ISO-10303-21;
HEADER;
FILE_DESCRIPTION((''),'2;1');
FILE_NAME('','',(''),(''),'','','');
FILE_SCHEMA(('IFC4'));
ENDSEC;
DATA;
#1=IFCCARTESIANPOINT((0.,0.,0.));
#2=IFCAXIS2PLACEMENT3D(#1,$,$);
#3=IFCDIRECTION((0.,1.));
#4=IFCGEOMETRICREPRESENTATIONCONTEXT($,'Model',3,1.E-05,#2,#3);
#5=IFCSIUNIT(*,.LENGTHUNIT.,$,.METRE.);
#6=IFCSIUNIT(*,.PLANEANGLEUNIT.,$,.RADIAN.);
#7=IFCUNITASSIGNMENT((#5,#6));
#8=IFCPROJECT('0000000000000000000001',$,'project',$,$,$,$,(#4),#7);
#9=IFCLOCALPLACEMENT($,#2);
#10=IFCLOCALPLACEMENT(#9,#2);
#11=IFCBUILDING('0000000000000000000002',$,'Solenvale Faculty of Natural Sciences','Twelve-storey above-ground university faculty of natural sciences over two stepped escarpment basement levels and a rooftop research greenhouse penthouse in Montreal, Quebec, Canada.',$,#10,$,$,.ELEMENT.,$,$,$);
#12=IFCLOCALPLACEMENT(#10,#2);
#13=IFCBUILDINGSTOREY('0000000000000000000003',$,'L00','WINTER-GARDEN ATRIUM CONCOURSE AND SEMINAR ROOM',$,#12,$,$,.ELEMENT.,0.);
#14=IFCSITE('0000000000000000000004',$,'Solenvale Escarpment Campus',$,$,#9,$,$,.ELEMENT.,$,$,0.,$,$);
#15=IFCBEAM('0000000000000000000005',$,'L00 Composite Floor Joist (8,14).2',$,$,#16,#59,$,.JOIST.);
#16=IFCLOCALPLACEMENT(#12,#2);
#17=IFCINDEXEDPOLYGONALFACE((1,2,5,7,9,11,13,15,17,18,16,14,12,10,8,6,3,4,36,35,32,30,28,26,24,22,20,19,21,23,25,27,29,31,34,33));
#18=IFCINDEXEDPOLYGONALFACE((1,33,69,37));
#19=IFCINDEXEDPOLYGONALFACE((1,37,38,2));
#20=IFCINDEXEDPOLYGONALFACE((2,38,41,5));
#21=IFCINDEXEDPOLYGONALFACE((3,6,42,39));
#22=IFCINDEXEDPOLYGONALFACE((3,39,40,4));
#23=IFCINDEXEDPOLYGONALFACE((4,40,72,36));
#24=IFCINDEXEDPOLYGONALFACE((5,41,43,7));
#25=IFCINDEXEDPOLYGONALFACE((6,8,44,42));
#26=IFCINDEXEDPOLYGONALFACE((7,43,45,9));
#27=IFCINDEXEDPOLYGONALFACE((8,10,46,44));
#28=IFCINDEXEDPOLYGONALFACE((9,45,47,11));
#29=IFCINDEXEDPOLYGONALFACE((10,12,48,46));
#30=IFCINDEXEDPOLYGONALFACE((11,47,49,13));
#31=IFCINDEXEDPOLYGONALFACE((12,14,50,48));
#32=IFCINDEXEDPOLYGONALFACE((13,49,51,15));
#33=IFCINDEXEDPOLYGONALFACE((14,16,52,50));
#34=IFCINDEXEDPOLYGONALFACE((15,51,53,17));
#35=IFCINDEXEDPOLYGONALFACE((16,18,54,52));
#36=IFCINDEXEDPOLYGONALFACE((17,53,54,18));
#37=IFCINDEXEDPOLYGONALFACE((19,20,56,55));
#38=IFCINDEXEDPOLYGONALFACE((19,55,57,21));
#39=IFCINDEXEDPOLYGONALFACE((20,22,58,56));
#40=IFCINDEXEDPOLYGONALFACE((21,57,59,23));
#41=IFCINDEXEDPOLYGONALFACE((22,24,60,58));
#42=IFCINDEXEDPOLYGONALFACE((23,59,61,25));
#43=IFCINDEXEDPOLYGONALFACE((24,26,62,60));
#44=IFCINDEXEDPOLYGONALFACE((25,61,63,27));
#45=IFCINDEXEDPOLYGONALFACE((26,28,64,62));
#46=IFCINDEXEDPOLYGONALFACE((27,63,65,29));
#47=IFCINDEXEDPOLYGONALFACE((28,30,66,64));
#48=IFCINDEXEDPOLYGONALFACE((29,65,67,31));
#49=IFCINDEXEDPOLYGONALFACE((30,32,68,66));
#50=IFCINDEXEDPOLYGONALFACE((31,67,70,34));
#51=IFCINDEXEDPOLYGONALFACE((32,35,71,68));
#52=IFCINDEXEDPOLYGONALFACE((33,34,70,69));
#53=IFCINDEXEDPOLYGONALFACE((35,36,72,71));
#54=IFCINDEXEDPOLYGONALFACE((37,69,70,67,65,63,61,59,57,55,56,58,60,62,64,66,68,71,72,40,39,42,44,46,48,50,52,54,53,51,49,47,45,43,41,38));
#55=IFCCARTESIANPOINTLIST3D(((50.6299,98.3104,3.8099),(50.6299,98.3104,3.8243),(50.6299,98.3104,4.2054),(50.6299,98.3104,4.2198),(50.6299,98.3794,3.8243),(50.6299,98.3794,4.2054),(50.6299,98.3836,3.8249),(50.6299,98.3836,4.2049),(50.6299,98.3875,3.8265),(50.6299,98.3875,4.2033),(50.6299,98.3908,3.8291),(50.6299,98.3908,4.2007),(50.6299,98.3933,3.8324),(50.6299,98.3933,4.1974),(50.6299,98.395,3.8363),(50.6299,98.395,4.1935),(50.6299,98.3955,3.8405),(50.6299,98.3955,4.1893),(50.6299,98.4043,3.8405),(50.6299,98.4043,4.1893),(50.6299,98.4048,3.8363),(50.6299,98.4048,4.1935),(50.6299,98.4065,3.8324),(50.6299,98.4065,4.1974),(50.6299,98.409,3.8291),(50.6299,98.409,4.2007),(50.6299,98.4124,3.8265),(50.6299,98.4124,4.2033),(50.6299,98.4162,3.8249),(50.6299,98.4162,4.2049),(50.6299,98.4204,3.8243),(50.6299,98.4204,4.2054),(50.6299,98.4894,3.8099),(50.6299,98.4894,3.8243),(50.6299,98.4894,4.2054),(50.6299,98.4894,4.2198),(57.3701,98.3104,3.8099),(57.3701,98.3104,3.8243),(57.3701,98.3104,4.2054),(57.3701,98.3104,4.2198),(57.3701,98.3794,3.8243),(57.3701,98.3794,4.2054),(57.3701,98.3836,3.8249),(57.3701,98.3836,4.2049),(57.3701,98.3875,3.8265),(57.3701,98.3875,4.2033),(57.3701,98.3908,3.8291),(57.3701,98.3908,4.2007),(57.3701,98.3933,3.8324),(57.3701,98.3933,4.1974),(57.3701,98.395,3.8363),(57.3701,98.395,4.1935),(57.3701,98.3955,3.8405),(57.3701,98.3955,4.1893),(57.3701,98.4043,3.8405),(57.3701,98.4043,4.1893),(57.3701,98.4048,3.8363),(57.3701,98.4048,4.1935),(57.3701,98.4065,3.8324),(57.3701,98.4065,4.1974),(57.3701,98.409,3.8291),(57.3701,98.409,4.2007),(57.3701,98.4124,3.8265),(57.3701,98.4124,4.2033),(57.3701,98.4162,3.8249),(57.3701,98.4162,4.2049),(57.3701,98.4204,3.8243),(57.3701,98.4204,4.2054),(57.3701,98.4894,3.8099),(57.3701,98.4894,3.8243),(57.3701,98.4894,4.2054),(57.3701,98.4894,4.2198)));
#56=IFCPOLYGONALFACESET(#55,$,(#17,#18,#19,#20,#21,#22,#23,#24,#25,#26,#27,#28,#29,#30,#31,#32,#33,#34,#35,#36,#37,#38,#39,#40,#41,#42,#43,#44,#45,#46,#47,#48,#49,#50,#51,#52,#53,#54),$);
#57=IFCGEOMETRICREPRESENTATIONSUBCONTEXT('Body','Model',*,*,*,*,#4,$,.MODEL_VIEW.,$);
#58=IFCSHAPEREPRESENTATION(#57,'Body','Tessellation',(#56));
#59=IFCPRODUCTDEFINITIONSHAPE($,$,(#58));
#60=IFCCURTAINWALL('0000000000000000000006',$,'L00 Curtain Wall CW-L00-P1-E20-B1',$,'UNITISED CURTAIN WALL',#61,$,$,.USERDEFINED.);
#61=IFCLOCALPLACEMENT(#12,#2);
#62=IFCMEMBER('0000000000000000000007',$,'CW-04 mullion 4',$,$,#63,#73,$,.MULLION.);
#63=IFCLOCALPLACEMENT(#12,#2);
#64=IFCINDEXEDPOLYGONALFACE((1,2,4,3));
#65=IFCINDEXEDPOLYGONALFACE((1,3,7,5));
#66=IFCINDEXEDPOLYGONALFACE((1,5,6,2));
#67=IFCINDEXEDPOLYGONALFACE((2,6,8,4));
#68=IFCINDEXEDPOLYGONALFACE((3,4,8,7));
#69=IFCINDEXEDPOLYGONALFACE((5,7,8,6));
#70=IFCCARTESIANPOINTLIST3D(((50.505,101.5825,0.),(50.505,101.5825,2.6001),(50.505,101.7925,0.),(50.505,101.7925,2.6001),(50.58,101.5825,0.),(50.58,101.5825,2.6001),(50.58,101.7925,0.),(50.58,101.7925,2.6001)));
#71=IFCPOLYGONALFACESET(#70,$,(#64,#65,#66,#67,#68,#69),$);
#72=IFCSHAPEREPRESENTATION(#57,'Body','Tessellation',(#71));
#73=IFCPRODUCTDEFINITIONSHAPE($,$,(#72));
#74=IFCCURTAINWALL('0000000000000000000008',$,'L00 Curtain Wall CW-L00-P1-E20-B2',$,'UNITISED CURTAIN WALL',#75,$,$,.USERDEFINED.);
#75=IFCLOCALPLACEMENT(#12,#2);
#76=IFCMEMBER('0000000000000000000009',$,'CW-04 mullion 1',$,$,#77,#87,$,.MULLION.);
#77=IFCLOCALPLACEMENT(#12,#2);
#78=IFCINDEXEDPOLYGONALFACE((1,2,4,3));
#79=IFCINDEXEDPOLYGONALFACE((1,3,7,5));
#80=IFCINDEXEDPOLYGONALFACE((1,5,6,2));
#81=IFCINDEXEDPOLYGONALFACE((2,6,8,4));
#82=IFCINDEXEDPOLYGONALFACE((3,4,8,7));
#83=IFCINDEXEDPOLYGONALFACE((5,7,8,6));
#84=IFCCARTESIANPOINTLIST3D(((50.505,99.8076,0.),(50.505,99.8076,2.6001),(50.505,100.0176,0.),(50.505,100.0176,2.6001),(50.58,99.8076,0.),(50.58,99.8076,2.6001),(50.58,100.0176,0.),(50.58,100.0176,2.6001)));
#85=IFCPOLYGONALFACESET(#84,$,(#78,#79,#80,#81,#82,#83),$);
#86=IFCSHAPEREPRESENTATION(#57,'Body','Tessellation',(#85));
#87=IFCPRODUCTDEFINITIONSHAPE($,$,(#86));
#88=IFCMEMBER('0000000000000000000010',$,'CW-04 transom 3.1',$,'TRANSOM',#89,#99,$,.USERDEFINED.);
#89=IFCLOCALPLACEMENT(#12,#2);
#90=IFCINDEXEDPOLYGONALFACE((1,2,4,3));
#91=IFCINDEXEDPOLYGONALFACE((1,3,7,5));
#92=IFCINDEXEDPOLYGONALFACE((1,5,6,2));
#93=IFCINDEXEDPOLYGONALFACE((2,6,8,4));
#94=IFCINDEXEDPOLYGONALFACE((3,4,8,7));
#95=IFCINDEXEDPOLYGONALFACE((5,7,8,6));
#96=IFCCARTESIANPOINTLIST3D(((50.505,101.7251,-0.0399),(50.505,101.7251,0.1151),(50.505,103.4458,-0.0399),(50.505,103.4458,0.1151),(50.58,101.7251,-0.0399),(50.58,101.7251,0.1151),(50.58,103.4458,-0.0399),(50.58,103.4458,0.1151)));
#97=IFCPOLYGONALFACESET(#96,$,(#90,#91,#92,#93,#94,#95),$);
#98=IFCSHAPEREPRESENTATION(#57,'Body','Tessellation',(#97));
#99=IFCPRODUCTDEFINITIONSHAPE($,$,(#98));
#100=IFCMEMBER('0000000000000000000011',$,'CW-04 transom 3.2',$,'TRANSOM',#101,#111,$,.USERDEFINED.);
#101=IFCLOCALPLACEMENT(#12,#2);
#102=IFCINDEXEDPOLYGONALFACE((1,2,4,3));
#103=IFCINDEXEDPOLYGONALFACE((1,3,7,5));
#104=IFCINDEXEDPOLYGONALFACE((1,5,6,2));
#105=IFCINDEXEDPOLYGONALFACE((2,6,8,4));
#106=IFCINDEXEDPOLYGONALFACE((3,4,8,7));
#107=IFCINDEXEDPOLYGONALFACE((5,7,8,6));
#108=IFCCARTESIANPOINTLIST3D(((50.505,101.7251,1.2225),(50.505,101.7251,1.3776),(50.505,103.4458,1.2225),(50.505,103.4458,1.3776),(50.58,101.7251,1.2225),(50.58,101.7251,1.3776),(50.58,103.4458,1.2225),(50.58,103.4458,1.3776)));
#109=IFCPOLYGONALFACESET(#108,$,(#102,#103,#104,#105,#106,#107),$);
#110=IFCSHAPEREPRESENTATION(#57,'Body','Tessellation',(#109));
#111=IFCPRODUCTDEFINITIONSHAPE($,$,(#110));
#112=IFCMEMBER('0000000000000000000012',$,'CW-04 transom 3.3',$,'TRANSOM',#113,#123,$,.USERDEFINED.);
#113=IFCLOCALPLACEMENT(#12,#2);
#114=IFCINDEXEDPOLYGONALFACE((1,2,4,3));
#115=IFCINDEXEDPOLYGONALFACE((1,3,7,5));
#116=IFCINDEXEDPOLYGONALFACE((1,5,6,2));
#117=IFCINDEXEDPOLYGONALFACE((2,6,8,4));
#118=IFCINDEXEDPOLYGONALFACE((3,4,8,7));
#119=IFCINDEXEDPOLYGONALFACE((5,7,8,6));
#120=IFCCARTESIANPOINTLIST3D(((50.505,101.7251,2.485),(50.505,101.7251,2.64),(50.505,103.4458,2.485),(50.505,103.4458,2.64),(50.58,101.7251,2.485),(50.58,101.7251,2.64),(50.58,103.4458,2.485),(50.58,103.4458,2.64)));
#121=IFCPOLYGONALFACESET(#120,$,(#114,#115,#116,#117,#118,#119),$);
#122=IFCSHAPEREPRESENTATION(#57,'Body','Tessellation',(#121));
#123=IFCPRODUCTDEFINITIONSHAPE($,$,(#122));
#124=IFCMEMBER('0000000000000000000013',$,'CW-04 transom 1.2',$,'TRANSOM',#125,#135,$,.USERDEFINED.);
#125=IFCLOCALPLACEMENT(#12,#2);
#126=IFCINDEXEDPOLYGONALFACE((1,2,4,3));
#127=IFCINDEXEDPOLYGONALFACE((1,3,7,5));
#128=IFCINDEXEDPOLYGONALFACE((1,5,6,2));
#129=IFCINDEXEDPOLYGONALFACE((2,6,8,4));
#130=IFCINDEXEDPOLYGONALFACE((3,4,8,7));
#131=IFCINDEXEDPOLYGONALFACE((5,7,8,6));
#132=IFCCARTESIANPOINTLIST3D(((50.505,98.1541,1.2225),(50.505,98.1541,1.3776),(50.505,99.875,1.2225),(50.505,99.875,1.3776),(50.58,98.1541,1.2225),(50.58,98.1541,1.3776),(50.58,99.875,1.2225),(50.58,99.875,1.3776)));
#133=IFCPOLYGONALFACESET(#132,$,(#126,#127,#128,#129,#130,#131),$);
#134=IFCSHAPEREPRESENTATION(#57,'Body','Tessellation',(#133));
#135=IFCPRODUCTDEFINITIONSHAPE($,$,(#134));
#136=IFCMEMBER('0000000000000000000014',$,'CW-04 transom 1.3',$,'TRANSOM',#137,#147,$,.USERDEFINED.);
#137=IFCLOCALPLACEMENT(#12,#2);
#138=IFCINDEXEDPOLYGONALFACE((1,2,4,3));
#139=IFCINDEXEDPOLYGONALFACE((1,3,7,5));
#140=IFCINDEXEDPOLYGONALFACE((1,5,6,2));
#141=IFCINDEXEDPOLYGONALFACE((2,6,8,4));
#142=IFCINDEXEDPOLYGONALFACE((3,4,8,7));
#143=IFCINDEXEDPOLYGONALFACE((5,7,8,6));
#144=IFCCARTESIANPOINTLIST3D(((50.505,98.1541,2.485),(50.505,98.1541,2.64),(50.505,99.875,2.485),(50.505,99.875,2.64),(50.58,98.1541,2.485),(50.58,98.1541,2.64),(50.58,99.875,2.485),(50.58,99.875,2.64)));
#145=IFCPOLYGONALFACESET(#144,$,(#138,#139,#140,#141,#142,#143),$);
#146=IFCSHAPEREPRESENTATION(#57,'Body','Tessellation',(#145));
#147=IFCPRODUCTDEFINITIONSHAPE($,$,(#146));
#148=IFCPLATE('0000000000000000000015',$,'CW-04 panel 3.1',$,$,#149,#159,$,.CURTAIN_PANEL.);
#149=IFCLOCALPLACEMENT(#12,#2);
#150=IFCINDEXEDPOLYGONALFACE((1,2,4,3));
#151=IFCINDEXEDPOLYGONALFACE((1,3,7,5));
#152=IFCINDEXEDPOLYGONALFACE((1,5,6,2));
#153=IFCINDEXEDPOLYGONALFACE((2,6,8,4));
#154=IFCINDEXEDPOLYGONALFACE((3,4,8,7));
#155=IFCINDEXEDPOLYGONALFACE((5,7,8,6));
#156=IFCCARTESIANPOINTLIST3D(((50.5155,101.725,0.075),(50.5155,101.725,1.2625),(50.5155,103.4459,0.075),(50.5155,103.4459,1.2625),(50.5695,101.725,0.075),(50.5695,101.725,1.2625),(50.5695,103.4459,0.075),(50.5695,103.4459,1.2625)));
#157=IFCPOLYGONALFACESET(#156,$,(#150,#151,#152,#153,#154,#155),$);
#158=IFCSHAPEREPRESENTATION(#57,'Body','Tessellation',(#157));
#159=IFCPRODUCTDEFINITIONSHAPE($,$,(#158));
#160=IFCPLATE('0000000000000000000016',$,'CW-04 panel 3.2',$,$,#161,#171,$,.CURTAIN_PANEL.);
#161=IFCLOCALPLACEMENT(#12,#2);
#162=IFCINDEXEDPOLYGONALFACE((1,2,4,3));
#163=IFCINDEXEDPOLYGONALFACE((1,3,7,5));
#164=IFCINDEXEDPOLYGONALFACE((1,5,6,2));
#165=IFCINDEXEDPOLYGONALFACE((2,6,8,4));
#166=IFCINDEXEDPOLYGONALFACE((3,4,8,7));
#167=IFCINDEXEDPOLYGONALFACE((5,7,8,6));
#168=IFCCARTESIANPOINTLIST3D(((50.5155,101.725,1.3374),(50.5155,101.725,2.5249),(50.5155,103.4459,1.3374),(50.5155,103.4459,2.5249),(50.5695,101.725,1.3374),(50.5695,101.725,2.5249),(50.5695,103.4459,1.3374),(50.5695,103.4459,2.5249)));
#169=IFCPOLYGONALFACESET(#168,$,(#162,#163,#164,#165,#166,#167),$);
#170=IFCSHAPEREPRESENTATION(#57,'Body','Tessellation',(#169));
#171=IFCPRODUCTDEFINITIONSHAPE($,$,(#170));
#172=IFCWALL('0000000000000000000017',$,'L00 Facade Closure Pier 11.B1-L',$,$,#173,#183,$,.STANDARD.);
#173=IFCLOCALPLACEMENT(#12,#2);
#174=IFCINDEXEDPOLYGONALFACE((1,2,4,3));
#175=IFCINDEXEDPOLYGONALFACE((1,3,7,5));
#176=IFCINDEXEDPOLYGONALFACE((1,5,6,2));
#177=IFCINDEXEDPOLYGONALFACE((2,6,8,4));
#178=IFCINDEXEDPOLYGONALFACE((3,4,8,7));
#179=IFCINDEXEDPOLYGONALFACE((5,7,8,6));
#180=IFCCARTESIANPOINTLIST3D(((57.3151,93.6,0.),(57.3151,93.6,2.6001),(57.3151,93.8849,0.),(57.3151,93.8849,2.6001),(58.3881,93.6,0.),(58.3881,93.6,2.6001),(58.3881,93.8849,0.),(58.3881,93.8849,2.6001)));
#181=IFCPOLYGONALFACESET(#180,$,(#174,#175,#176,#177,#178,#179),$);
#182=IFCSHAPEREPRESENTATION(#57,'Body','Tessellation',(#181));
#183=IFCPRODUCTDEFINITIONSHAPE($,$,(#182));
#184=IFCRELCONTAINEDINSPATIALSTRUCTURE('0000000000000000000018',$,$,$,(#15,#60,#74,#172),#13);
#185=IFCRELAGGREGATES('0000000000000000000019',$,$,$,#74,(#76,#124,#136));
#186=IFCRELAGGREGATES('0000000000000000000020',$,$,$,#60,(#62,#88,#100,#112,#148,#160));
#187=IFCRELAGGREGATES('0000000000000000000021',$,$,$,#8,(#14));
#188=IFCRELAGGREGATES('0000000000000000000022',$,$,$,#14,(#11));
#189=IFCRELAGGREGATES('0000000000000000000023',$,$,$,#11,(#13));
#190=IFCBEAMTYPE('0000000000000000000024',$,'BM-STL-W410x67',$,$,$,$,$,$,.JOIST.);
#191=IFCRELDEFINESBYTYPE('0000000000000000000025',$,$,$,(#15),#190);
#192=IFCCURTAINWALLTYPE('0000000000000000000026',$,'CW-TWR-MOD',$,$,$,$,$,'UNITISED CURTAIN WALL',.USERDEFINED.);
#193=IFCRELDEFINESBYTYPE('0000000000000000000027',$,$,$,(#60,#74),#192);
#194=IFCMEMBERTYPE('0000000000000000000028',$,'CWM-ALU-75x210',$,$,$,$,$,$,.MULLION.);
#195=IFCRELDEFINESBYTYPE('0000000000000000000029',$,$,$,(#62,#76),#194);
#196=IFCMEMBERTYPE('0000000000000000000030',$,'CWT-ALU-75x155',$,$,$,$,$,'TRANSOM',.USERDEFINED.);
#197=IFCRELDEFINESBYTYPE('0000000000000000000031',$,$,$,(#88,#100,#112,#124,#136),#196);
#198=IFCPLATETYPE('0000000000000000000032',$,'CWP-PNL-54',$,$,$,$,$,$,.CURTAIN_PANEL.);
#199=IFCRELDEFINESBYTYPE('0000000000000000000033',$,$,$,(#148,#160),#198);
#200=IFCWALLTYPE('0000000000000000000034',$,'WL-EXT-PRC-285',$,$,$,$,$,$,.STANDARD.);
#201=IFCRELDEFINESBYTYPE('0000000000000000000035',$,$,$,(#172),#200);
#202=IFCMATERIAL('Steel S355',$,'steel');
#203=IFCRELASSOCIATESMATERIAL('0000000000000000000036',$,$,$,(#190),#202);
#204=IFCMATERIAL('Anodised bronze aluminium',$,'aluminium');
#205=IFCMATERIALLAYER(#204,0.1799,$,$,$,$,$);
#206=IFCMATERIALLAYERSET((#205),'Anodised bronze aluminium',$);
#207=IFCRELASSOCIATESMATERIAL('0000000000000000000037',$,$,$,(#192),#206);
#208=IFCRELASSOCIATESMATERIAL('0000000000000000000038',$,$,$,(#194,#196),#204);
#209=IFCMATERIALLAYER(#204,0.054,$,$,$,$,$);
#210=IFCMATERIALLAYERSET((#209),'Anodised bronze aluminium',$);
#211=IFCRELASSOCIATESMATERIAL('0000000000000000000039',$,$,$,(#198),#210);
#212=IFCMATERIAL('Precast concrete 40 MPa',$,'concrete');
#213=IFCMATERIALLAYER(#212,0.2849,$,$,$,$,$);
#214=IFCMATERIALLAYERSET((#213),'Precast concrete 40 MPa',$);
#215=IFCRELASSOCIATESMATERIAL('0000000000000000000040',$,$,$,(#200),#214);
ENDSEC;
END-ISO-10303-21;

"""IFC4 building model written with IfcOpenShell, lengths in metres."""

from ifc_helpers import new_model, si_unit, direction, frame, frame_2d, origin, origin_2d, place, context, subcontext, project, spatial, rectangle, i_section, extrude, material, layer, layer_set, material_profile, profile_set, type_object, element, aggregate, save


model = new_model("IFC4")

# Units and contexts
model_context = context("Model", 3, precision=1e-05, world=origin(), true_north=direction((0.0, 1.0)))
body_context = subcontext(model_context, "Body", "Model", "MODEL_VIEW")
ifc_project = project(units=[si_unit("LENGTHUNIT", "METRE"), si_unit("PLANEANGLEUNIT", "RADIAN")], contexts=[model_context])

# Site, building, storey
site_placement = place(None, origin())
site = spatial("IfcSite", under=ifc_project, at=site_placement, Name="Solenvale Escarpment Campus", CompositionType="ELEMENT", RefElevation=0.0)
building_placement = place(site_placement, origin())
building = spatial("IfcBuilding", under=site, at=building_placement, Name="Solenvale Faculty of Natural Sciences", Description="Twelve-storey above-ground university faculty of natural sciences over two stepped escarpment basement levels and a rooftop research greenhouse penthouse in Montreal, Quebec, Canada.", CompositionType="ELEMENT")
storey_placement = place(building_placement, origin())
storey = spatial("IfcBuildingStorey", under=building, at=storey_placement, Name="L00", Description="WINTER-GARDEN ATRIUM CONCOURSE AND SEMINAR ROOM", CompositionType="ELEMENT", Elevation=0.0)

# Beam
ifc_material_1 = material(Name="Steel S355", Category="steel")
ifc_material_profile_1 = material_profile(ifc_material_1, i_section(OverallWidth=0.179, OverallDepth=0.4099, WebThickness=0.0088, FlangeThickness=0.0144, FilletRadius=0.0161, at=origin_2d()), Name="W410x67")
ifc_profile_set_1 = profile_set([ifc_material_profile_1], Name="Steel S355")
beam_type_1 = type_object("IfcBeamType", Name="BM-STL-W410x67", PredefinedType="JOIST", material=ifc_profile_set_1)
for number, where, z_axis, x_axis, name in (
    (1, (50.6299, 98.3999, 4.0149), (1.0, 0.0, 0.0), (0.0, 1.0, 0.0), "L00 Composite Floor Joist (8,14).2"),
):
    element("IfcBeam", number, at=place(storey_placement, frame(where, z_axis=z_axis, x_axis=x_axis)), inside=storey, type_object=beam_type_1, Name=name, PredefinedType="JOIST", context=body_context, shape_type="SweptSolid", body=[
        extrude(i_section(OverallWidth=0.179, OverallDepth=0.4099, WebThickness=0.0088, FlangeThickness=0.0144, FilletRadius=0.0161, at=origin_2d()), origin(), (0.0, 0.0, 1.0), 6.7402),
    ])

# Curtain walls, members
ifc_material_2 = material(Name="Anodised bronze aluminium", Category="aluminium")
ifc_layer_1 = layer(ifc_material_2, 0.1799)
ifc_layer_set_1 = layer_set([ifc_layer_1], Name="Anodised bronze aluminium")
curtain_wall_type = type_object("IfcCurtainWallType", Name="CW-TWR-MOD", ElementType="UNITISED CURTAIN WALL", PredefinedType="USERDEFINED", material=ifc_layer_set_1)
curtain_wall_1_placement = place(storey_placement, origin())
curtain_wall_1 = element("IfcCurtainWall", 2, at=curtain_wall_1_placement, inside=storey, type_object=curtain_wall_type, Name="L00 Curtain Wall CW-L00-P1-E20-B1", ObjectType="UNITISED CURTAIN WALL", PredefinedType="USERDEFINED")
ifc_material_profile_2 = material_profile(ifc_material_2, rectangle(XDim=0.075, YDim=0.21, at=origin_2d()), Name="ALU-MUL-75x210")
ifc_profile_set_2 = profile_set([ifc_material_profile_2], Name="Anodised bronze aluminium")
member_type_1 = type_object("IfcMemberType", Name="CWM-ALU-75x210", PredefinedType="MULLION", material=ifc_profile_set_2)
member_1_placement = place(storey_placement, frame((50.5425, 101.6875, 0.0), z_axis=(0.0, 0.0, 1.0), x_axis=(1.0, 0.0, 0.0)))
member_1 = element("IfcMember", 3, at=member_1_placement, type_object=member_type_1, Name="CW-04 mullion 4", PredefinedType="MULLION", context=body_context, shape_type="SweptSolid", body=[
    extrude(rectangle(XDim=0.075, YDim=0.21, at=origin_2d()), origin(), (0.0, 0.0, 1.0), 2.6001),
])
curtain_wall_2_placement = place(storey_placement, origin())
curtain_wall_2 = element("IfcCurtainWall", 4, at=curtain_wall_2_placement, inside=storey, type_object=curtain_wall_type, Name="L00 Curtain Wall CW-L00-P1-E20-B2", ObjectType="UNITISED CURTAIN WALL", PredefinedType="USERDEFINED")
member_2_placement = place(storey_placement, frame((50.5425, 99.9126, 0.0), z_axis=(0.0, 0.0, 1.0), x_axis=(1.0, 0.0, 0.0)))
member_2 = element("IfcMember", 5, at=member_2_placement, type_object=member_type_1, Name="CW-04 mullion 1", PredefinedType="MULLION", context=body_context, shape_type="SweptSolid", body=[
    extrude(rectangle(XDim=0.075, YDim=0.21, at=origin_2d()), origin(), (0.0, 0.0, 1.0), 2.6001),
])

# Members
ifc_material_profile_3 = material_profile(ifc_material_2, rectangle(XDim=0.075, YDim=0.155, at=origin_2d()), Name="ALU-TRN-75x155")
ifc_profile_set_3 = profile_set([ifc_material_profile_3], Name="Anodised bronze aluminium")
member_type_2 = type_object("IfcMemberType", Name="CWT-ALU-75x155", ElementType="TRANSOM", PredefinedType="USERDEFINED", material=ifc_profile_set_3)
member_3_placement = place(storey_placement, frame((50.5425, 103.4458, 0.0376), z_axis=(0.0, -1.0, 0.0), x_axis=(1.0, 0.0, 0.0)))
member_3 = element("IfcMember", 6, at=member_3_placement, type_object=member_type_2, Name="CW-04 transom 3.1", ObjectType="TRANSOM", PredefinedType="USERDEFINED", context=body_context, shape_type="SweptSolid", body=[
    extrude(rectangle(XDim=0.075, YDim=0.155, at=origin_2d()), origin(), (0.0, 0.0, 1.0), 1.7207),
])
member_4_placement = place(storey_placement, frame((50.5425, 103.4458, 1.3), z_axis=(0.0, -1.0, 0.0), x_axis=(1.0, 0.0, 0.0)))
member_4 = element("IfcMember", 7, at=member_4_placement, type_object=member_type_2, Name="CW-04 transom 3.2", ObjectType="TRANSOM", PredefinedType="USERDEFINED", context=body_context, shape_type="SweptSolid", body=[
    extrude(rectangle(XDim=0.075, YDim=0.155, at=origin_2d()), origin(), (0.0, 0.0, 1.0), 1.7207),
])
member_5_placement = place(storey_placement, frame((50.5425, 103.4458, 2.5625), z_axis=(0.0, -1.0, 0.0), x_axis=(1.0, 0.0, 0.0)))
member_5 = element("IfcMember", 8, at=member_5_placement, type_object=member_type_2, Name="CW-04 transom 3.3", ObjectType="TRANSOM", PredefinedType="USERDEFINED", context=body_context, shape_type="SweptSolid", body=[
    extrude(rectangle(XDim=0.075, YDim=0.155, at=origin_2d()), origin(), (0.0, 0.0, 1.0), 1.7207),
])
member_6_placement = place(storey_placement, frame((50.5425, 99.875, 1.3), z_axis=(0.0, -1.0, 0.0), x_axis=(1.0, 0.0, 0.0)))
member_6 = element("IfcMember", 9, at=member_6_placement, type_object=member_type_2, Name="CW-04 transom 1.2", ObjectType="TRANSOM", PredefinedType="USERDEFINED", context=body_context, shape_type="SweptSolid", body=[
    extrude(rectangle(XDim=0.075, YDim=0.155, at=origin_2d()), origin(), (0.0, 0.0, 1.0), 1.7209),
])
member_7_placement = place(storey_placement, frame((50.5425, 99.875, 2.5625), z_axis=(0.0, -1.0, 0.0), x_axis=(1.0, 0.0, 0.0)))
member_7 = element("IfcMember", 10, at=member_7_placement, type_object=member_type_2, Name="CW-04 transom 1.3", ObjectType="TRANSOM", PredefinedType="USERDEFINED", context=body_context, shape_type="SweptSolid", body=[
    extrude(rectangle(XDim=0.075, YDim=0.155, at=origin_2d()), origin(), (0.0, 0.0, 1.0), 1.7209),
])
aggregate(curtain_wall_2, [member_2, member_6, member_7])

# Plates
ifc_layer_2 = layer(ifc_material_2, 0.054)
ifc_layer_set_2 = layer_set([ifc_layer_2], Name="Anodised bronze aluminium")
plate_type = type_object("IfcPlateType", Name="CWP-PNL-54", PredefinedType="CURTAIN_PANEL", material=ifc_layer_set_2)
plate_1_placement = place(storey_placement, frame((50.5425, 102.5854, 0.075), z_axis=(0.0, 0.0, 1.0), x_axis=(0.0, -1.0, 0.0)))
plate_1 = element("IfcPlate", 11, at=plate_1_placement, type_object=plate_type, Name="CW-04 panel 3.1", PredefinedType="CURTAIN_PANEL", context=body_context, shape_type="SweptSolid", body=[
    extrude(rectangle(XDim=1.7209, YDim=0.054, at=origin_2d()), origin(), (0.0, 0.0, 1.0), 1.1875),
])
plate_2_placement = place(storey_placement, frame((50.5425, 102.5854, 1.3374), z_axis=(0.0, 0.0, 1.0), x_axis=(0.0, -1.0, 0.0)))
plate_2 = element("IfcPlate", 12, at=plate_2_placement, type_object=plate_type, Name="CW-04 panel 3.2", PredefinedType="CURTAIN_PANEL", context=body_context, shape_type="SweptSolid", body=[
    extrude(rectangle(XDim=1.7209, YDim=0.054, at=origin_2d()), origin(), (0.0, 0.0, 1.0), 1.1875),
])
aggregate(curtain_wall_1, [member_1, member_3, member_4, member_5, plate_1, plate_2])

# Wall
ifc_material_3 = material(Name="Precast concrete 40 MPa", Category="concrete")
ifc_layer_3 = layer(ifc_material_3, 0.2849)
ifc_layer_set_3 = layer_set([ifc_layer_3], Name="Precast concrete 40 MPa")
wall_type_1 = type_object("IfcWallType", Name="WL-EXT-PRC-285", PredefinedType="STANDARD", material=ifc_layer_set_3)
wall_1_placement = place(storey_placement, frame((57.3149, 93.7424, 0.0), z_axis=(0.0, 0.0, 1.0), x_axis=(1.0, 0.0, 0.0)))
element("IfcWall", 13, at=wall_1_placement, inside=storey, type_object=wall_type_1, Name="L00 Facade Closure Pier 11.B1-L", PredefinedType="STANDARD", context=body_context, shape_type="SweptSolid", body=[
    extrude(rectangle(XDim=1.073, YDim=0.2849, at=frame_2d((0.5366, 0.0))), origin(), (0.0, 0.0, 1.0), 2.6001),
])

save(model, "model.ifc")
